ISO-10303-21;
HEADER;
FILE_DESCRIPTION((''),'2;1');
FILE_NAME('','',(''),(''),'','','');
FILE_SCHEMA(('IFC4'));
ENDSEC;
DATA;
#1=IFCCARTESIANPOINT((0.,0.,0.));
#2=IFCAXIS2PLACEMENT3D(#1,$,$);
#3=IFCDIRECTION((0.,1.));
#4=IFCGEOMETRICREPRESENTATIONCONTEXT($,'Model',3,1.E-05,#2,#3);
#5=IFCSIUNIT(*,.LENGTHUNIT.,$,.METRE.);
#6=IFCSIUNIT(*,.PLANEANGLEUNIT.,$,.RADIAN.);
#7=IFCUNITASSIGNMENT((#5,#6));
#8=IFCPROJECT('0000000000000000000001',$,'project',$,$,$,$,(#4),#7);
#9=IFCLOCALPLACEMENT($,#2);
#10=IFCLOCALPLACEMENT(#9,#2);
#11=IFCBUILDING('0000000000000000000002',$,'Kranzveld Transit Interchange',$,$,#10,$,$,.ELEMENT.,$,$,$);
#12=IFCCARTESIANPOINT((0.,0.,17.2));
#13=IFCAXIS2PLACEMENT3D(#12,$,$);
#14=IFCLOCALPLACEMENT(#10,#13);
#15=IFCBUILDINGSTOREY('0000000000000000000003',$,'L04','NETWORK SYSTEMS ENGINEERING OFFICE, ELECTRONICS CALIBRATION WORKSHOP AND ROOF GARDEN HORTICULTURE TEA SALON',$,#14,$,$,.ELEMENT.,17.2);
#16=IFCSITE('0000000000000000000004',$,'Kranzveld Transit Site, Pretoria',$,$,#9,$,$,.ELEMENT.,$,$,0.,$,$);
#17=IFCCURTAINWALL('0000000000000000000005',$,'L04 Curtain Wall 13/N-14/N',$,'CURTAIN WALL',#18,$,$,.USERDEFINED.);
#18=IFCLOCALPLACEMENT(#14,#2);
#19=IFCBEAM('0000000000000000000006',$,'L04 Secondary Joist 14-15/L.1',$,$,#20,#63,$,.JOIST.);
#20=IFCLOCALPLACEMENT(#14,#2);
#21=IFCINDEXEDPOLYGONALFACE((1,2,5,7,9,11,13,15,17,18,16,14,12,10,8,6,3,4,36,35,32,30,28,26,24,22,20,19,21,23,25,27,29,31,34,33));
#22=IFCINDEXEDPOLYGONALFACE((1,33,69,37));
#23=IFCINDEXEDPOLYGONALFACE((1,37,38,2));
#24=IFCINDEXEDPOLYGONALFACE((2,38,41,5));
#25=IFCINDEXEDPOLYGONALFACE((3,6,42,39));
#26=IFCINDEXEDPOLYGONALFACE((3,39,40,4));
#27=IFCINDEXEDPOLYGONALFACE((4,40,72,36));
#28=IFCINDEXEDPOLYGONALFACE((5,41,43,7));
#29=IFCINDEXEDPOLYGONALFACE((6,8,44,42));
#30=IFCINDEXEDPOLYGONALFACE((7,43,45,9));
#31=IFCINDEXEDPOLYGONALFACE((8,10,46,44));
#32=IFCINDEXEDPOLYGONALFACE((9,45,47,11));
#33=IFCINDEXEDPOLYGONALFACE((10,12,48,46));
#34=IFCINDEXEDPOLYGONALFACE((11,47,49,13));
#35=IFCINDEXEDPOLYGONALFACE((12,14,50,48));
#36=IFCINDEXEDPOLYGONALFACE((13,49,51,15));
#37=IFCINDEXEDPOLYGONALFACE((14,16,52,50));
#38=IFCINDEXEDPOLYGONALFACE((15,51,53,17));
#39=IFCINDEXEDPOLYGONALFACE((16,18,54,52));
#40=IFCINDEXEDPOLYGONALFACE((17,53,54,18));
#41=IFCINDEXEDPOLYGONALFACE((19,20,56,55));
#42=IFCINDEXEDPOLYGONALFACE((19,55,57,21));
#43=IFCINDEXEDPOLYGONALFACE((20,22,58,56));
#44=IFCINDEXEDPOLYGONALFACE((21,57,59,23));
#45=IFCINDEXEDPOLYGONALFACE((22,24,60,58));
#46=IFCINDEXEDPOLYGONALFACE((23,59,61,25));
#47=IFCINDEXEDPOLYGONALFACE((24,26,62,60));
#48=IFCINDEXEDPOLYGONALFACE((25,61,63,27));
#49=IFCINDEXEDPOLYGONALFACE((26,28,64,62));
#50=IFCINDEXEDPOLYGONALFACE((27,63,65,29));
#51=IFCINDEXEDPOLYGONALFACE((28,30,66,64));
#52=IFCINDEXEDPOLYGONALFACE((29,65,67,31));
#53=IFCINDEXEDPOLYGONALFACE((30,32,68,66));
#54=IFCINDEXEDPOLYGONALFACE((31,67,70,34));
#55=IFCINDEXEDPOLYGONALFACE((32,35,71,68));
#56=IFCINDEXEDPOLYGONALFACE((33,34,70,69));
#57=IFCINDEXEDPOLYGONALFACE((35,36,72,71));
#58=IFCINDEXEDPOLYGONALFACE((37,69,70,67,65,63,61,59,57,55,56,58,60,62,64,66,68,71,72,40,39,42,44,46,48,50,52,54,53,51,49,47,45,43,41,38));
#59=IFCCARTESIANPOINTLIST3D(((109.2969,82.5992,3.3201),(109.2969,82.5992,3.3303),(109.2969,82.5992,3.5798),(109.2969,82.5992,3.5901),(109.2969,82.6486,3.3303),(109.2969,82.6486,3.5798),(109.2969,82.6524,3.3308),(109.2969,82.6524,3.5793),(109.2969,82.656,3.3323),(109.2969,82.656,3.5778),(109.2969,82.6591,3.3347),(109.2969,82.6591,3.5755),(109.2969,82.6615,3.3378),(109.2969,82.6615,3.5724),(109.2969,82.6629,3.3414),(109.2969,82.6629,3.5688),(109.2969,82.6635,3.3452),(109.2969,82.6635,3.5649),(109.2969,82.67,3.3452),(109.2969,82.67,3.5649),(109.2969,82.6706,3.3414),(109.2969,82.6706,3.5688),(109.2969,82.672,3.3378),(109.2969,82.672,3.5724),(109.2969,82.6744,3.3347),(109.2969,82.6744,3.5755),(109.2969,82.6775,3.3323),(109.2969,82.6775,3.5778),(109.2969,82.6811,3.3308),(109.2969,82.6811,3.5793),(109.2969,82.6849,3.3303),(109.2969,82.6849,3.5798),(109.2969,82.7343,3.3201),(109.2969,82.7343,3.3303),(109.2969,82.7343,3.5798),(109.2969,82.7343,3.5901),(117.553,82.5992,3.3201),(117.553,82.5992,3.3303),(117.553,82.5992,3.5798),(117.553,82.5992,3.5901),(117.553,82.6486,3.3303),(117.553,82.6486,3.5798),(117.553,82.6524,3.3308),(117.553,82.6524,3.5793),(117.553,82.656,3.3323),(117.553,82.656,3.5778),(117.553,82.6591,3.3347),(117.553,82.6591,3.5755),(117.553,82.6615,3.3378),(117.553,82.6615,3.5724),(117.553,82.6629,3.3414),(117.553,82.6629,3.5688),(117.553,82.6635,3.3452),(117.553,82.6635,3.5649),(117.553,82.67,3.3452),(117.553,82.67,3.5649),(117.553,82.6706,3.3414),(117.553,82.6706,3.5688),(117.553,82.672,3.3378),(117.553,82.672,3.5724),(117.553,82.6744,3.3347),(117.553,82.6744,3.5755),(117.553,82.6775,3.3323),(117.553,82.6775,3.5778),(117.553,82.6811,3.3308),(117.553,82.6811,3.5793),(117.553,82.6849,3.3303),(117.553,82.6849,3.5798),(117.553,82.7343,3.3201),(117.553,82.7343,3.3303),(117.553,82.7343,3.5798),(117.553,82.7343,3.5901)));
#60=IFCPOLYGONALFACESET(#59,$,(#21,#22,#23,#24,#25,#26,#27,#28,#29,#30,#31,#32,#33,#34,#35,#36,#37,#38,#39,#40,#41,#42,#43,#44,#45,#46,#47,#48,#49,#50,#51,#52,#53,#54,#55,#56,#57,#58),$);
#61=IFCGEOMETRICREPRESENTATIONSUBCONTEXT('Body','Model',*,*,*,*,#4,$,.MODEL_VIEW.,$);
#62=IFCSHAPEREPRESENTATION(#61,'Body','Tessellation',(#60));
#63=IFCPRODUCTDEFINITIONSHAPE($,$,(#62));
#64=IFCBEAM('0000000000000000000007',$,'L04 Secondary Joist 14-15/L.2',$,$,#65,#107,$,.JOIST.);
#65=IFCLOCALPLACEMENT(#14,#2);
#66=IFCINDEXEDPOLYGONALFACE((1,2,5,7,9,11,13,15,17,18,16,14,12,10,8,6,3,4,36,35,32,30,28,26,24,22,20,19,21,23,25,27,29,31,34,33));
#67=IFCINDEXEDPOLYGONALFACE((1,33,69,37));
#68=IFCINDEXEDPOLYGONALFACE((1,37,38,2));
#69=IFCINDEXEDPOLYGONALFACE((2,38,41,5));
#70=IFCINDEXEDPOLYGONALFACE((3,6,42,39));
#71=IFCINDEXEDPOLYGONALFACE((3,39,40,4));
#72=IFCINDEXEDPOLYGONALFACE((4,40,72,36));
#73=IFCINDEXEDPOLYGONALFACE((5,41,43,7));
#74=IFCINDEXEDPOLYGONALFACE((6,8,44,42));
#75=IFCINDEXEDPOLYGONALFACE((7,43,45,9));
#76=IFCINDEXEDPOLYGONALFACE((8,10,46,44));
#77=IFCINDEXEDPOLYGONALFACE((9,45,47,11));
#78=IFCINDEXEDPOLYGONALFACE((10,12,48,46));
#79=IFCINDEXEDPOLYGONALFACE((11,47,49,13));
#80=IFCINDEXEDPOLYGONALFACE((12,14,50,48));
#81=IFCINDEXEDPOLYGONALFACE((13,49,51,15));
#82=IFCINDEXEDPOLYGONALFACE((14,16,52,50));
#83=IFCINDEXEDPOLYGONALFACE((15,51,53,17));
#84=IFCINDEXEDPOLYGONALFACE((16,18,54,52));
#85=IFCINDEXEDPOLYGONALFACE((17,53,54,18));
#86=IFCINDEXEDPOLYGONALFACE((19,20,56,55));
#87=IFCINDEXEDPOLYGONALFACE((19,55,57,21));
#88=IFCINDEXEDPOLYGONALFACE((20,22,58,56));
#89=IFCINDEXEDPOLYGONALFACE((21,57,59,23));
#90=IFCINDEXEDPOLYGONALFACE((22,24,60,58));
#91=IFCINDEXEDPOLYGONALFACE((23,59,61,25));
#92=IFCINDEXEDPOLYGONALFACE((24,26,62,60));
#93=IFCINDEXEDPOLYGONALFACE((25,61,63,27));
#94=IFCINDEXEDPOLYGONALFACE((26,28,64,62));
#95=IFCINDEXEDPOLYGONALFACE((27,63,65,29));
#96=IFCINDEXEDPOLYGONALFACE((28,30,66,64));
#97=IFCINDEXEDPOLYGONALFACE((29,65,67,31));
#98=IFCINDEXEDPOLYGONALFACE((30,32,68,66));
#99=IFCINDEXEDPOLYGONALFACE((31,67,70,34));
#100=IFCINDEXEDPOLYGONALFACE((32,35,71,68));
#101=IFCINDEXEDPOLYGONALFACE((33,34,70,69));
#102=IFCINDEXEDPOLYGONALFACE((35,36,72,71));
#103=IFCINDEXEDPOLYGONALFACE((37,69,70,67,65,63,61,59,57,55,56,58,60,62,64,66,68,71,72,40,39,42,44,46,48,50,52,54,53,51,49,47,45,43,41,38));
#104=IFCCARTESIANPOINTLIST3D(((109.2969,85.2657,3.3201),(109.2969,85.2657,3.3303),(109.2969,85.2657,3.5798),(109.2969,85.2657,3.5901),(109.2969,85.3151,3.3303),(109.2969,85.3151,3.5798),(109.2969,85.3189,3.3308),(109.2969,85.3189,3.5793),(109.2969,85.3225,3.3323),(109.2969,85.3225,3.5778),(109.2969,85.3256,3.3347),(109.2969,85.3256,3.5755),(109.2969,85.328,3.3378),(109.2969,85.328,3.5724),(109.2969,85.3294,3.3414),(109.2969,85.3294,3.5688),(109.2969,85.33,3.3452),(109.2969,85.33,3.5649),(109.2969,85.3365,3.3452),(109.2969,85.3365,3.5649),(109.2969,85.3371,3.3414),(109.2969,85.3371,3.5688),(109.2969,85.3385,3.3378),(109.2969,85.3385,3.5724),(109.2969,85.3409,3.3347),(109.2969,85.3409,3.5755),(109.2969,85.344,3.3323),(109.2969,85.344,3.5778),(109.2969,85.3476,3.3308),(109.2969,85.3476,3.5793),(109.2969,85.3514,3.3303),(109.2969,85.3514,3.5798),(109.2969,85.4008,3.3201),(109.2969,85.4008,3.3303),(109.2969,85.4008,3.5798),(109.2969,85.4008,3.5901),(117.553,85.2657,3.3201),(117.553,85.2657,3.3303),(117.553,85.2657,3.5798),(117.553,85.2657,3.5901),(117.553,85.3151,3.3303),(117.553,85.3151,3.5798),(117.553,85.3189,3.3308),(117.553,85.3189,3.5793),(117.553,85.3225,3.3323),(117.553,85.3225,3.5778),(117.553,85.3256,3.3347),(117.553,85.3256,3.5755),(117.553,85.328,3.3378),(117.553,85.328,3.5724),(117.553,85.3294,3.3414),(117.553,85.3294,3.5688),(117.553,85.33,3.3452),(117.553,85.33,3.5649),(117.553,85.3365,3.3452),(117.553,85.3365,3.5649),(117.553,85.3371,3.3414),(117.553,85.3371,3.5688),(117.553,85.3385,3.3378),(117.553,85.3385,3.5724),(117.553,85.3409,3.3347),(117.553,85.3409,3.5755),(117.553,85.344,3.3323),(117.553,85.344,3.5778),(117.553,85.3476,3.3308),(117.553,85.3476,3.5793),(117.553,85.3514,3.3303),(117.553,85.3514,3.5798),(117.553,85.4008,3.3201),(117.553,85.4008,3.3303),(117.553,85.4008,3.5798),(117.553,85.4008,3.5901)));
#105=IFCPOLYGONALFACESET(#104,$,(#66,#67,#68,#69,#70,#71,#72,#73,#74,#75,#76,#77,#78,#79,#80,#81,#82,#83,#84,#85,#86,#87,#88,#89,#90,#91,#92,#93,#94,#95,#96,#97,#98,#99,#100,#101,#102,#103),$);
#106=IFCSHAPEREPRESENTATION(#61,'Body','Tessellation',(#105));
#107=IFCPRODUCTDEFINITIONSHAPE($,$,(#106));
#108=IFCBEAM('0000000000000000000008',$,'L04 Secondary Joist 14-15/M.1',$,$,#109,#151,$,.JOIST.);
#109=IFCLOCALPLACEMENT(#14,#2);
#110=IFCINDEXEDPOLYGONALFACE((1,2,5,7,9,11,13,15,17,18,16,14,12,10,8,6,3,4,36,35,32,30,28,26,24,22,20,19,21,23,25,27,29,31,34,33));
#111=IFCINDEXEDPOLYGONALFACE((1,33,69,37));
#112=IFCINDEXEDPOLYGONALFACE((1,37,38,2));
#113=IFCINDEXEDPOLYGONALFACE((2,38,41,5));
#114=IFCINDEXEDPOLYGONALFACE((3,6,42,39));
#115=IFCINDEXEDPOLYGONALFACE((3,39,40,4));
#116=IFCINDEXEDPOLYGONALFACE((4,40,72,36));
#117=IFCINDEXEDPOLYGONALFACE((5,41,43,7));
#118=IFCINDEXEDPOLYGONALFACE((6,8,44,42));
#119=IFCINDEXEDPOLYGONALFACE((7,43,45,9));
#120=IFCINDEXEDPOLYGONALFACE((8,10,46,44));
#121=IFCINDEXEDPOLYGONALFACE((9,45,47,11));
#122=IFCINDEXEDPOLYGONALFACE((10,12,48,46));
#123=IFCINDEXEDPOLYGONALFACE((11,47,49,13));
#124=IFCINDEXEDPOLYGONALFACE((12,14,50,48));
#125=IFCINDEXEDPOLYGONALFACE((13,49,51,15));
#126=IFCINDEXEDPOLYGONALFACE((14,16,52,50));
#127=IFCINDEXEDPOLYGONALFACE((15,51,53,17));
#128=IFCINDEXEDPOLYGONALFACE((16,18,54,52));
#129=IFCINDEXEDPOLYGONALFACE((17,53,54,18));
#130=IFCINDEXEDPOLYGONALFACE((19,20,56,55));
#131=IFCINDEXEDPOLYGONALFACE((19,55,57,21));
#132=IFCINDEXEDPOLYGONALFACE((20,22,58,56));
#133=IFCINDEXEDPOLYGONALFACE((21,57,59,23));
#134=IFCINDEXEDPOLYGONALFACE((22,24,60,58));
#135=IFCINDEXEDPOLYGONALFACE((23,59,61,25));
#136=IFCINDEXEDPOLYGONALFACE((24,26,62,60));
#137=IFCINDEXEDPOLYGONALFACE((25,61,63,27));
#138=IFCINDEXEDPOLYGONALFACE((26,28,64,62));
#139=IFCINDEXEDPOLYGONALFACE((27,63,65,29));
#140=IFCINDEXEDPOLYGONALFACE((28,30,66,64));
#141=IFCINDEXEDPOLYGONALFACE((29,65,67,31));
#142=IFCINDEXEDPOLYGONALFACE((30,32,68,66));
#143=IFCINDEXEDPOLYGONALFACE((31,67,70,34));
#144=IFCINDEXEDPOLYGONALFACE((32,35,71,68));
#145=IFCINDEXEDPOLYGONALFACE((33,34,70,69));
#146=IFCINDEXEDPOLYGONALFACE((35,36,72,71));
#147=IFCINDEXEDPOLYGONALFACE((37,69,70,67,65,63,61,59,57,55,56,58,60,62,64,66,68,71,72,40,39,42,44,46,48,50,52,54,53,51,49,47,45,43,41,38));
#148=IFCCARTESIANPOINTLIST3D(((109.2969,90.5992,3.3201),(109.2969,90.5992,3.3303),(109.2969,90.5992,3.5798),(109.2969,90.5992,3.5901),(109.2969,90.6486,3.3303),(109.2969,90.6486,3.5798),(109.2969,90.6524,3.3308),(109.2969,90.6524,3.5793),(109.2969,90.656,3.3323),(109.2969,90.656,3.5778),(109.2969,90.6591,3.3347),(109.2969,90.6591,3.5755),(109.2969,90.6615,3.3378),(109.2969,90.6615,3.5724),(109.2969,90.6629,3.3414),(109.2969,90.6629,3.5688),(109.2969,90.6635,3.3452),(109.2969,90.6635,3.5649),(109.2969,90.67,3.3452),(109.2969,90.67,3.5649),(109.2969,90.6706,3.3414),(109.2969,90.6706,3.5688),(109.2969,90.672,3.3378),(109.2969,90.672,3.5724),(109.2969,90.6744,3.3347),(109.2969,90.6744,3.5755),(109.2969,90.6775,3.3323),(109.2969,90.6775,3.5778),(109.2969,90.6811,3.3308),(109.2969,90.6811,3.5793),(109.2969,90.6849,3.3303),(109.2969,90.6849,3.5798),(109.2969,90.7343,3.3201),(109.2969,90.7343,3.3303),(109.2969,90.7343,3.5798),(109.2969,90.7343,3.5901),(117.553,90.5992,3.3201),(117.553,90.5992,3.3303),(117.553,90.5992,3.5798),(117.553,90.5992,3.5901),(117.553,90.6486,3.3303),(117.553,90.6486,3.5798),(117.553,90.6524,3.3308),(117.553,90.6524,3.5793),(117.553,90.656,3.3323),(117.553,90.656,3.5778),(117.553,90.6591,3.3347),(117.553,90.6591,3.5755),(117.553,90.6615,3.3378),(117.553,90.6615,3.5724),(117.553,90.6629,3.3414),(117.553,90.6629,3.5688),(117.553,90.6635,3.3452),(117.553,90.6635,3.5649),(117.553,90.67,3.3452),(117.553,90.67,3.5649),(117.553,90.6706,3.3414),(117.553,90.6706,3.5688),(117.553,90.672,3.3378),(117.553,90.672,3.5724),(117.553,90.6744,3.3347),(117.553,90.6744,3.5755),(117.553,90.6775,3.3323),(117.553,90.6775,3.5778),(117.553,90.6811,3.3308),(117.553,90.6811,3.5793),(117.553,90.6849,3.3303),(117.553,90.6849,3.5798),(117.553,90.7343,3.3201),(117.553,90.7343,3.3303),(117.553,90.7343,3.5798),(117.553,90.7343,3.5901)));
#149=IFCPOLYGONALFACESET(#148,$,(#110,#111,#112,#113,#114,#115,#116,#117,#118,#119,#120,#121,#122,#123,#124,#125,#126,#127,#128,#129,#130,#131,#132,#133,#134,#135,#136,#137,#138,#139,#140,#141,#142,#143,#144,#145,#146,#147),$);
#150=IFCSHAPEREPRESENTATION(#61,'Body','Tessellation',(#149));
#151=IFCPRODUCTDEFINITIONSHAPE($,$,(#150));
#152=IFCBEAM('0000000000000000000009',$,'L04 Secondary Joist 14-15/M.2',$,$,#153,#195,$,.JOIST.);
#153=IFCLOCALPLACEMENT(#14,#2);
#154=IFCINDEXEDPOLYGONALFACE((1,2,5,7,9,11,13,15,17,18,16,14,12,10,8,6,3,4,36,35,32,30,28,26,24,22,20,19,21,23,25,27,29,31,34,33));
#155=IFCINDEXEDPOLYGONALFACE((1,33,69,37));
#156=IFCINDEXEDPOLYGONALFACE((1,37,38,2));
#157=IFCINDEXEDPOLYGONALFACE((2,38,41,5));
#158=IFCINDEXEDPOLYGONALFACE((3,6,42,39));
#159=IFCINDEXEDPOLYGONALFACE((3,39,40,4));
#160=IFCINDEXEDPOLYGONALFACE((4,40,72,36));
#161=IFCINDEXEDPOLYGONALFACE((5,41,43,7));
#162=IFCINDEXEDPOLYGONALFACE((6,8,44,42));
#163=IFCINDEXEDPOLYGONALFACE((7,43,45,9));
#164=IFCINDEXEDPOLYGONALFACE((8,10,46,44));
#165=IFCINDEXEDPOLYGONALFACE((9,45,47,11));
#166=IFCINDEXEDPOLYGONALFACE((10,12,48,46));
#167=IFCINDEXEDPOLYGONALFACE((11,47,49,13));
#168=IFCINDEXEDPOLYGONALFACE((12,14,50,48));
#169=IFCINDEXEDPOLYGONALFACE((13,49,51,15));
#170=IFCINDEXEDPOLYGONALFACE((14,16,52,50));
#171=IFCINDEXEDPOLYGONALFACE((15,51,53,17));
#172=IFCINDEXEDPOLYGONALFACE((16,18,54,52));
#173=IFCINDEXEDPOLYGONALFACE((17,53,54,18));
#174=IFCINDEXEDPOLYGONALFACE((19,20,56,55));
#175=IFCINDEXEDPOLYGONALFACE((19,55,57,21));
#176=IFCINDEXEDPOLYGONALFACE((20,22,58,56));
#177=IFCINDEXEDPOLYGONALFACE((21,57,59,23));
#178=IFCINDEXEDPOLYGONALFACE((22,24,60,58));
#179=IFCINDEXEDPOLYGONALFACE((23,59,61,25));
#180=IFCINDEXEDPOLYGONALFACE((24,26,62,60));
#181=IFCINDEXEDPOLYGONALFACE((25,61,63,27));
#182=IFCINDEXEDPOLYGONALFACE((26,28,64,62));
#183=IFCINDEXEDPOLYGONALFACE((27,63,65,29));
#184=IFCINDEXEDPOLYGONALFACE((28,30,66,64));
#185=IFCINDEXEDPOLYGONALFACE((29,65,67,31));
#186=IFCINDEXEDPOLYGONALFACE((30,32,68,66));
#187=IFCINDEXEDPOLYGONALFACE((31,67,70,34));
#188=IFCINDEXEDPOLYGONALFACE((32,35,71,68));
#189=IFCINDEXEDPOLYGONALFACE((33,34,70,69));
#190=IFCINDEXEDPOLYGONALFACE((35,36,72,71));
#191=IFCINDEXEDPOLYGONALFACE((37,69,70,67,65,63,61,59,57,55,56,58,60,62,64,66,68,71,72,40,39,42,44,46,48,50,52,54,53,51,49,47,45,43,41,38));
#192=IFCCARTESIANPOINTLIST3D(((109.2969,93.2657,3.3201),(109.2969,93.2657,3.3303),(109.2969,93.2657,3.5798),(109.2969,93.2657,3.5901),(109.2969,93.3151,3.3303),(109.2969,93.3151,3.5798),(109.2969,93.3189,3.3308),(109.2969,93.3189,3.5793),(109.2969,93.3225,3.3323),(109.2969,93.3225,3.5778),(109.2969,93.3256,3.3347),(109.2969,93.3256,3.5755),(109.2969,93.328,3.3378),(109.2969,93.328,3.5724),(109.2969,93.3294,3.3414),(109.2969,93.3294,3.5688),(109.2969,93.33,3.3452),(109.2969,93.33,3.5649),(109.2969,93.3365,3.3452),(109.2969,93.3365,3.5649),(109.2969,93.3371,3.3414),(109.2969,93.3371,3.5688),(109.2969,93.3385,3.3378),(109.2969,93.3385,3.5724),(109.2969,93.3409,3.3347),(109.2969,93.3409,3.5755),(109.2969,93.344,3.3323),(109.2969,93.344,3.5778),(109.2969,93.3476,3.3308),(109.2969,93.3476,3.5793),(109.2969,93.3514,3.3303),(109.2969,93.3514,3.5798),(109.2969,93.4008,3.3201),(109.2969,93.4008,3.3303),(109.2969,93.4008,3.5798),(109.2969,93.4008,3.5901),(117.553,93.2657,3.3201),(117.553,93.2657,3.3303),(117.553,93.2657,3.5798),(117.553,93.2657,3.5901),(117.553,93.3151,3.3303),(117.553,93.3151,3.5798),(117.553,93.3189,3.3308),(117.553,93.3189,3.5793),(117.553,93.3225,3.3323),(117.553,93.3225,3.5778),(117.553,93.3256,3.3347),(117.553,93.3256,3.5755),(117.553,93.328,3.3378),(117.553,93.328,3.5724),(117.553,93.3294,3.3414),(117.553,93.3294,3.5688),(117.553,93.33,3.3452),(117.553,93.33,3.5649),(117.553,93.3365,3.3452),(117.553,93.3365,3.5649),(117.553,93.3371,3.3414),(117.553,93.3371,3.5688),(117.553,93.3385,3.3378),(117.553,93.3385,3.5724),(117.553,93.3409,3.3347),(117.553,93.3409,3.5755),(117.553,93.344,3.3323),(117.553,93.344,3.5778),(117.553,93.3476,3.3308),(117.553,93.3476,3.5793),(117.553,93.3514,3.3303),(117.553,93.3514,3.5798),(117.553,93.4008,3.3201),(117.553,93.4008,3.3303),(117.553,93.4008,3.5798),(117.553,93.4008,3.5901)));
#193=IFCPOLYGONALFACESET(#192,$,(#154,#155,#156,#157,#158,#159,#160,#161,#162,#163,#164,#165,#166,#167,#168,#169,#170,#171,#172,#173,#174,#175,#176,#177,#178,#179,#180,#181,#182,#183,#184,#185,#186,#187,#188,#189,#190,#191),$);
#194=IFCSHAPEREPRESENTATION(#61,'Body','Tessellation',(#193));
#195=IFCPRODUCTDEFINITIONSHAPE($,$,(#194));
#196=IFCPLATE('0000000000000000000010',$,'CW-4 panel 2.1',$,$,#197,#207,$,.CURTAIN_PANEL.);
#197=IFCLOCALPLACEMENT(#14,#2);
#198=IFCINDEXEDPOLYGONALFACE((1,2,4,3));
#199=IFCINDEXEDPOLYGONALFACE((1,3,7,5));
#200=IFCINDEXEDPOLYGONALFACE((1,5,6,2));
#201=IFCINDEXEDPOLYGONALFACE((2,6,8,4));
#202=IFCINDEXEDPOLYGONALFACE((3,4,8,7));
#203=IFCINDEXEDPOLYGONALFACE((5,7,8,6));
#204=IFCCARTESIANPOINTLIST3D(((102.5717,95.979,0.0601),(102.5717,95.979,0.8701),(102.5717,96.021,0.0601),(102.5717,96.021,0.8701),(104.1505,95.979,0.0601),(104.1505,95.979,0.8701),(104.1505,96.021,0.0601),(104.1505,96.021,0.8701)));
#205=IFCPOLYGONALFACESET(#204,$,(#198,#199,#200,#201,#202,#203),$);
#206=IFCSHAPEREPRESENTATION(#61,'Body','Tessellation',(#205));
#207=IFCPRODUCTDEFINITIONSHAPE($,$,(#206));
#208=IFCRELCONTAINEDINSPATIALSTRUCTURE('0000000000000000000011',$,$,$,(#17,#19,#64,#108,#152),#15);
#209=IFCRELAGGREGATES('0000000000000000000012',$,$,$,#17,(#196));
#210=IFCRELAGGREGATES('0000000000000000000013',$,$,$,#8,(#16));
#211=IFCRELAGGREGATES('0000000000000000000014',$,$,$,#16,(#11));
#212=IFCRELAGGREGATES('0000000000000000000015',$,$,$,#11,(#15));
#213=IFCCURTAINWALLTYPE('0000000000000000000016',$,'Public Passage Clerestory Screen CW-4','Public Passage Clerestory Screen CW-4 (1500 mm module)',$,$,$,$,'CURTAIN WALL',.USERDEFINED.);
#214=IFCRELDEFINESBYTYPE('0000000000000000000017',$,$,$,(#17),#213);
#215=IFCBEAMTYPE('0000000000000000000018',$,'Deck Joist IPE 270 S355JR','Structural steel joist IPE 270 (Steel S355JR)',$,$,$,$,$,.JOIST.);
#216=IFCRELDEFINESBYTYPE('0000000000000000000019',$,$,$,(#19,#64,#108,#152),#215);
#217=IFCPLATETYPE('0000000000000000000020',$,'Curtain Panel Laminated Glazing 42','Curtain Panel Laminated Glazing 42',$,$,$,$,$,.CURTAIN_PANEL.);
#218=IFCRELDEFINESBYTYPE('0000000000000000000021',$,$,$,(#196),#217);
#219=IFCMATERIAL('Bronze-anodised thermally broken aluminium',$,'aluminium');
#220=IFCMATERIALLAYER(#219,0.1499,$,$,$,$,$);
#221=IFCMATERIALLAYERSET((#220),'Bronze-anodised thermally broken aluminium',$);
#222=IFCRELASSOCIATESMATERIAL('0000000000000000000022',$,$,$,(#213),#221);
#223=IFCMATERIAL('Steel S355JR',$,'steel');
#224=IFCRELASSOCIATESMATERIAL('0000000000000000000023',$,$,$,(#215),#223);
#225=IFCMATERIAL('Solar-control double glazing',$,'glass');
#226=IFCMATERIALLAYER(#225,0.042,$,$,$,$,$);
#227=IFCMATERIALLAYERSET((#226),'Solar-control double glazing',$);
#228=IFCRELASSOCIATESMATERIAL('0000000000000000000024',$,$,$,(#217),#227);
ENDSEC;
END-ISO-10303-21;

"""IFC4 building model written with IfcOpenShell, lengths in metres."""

from ifc_helpers import new_model, si_unit, direction, frame, origin, origin_2d, place, context, subcontext, project, spatial, rectangle, i_section, extrude, material, layer, layer_set, material_profile, profile_set, type_object, element, aggregate, save


model = new_model("IFC4")

# Units and contexts
model_context = context("Model", 3, precision=1e-05, world=origin(), true_north=direction((0.0, 1.0)))
body_context = subcontext(model_context, "Body", "Model", "MODEL_VIEW")
ifc_project = project(units=[si_unit("LENGTHUNIT", "METRE"), si_unit("PLANEANGLEUNIT", "RADIAN")], contexts=[model_context])

# Site, building, storey
site_placement = place(None, origin())
site = spatial("IfcSite", under=ifc_project, at=site_placement, Name="Kranzveld Transit Site, Pretoria", CompositionType="ELEMENT", RefElevation=0.0)
building_placement = place(site_placement, origin())
building = spatial("IfcBuilding", under=site, at=building_placement, Name="Kranzveld Transit Interchange", CompositionType="ELEMENT")
storey_placement = place(building_placement, frame((0.0, 0.0, 17.2)))
storey = spatial("IfcBuildingStorey", under=building, at=storey_placement, Name="L04", Description="NETWORK SYSTEMS ENGINEERING OFFICE, ELECTRONICS CALIBRATION WORKSHOP AND ROOF GARDEN HORTICULTURE TEA SALON", CompositionType="ELEMENT", Elevation=17.2)

# Curtain wall
ifc_material_1 = material(Name="Bronze-anodised thermally broken aluminium", Category="aluminium")
ifc_layer_1 = layer(ifc_material_1, 0.1499)
ifc_layer_set_1 = layer_set([ifc_layer_1], Name="Bronze-anodised thermally broken aluminium")
curtain_wall_type = type_object("IfcCurtainWallType", Name="Public Passage Clerestory Screen CW-4", Description="Public Passage Clerestory Screen CW-4 (1500 mm module)", ElementType="CURTAIN WALL", PredefinedType="USERDEFINED", material=ifc_layer_set_1)
curtain_wall_placement = place(storey_placement, origin())
curtain_wall = element("IfcCurtainWall", 1, at=curtain_wall_placement, inside=storey, type_object=curtain_wall_type, Name="L04 Curtain Wall 13/N-14/N", ObjectType="CURTAIN WALL", PredefinedType="USERDEFINED")

# Beams
ifc_material_2 = material(Name="Steel S355JR", Category="steel")
ifc_material_profile_1 = material_profile(ifc_material_2, i_section(OverallWidth=0.135, OverallDepth=0.27, WebThickness=0.0066, FlangeThickness=0.0103, FilletRadius=0.0149, at=origin_2d()), Name="IPE 270")
ifc_profile_set_1 = profile_set([ifc_material_profile_1], Name="Steel S355JR")
beam_type_1 = type_object("IfcBeamType", Name="Deck Joist IPE 270 S355JR", Description="Structural steel joist IPE 270 (Steel S355JR)", PredefinedType="JOIST", material=ifc_profile_set_1)
for number, where, z_axis, x_axis, name in (
    (2, (109.2969, 82.6667, 3.4551), (1.0, 0.0, 0.0), (0.0, 1.0, 0.0), "L04 Secondary Joist 14-15/L.1"),
    (3, (109.2969, 85.3333, 3.4551), (1.0, 0.0, 0.0), (0.0, 1.0, 0.0), "L04 Secondary Joist 14-15/L.2"),
    (4, (109.2969, 90.6667, 3.4551), (1.0, 0.0, 0.0), (0.0, 1.0, 0.0), "L04 Secondary Joist 14-15/M.1"),
    (5, (109.2969, 93.3333, 3.4551), (1.0, 0.0, 0.0), (0.0, 1.0, 0.0), "L04 Secondary Joist 14-15/M.2"),
):
    element("IfcBeam", number, at=place(storey_placement, frame(where, z_axis=z_axis, x_axis=x_axis)), inside=storey, type_object=beam_type_1, Name=name, PredefinedType="JOIST", context=body_context, shape_type="SweptSolid", body=[
        extrude(i_section(OverallWidth=0.135, OverallDepth=0.27, WebThickness=0.0066, FlangeThickness=0.0103, FilletRadius=0.0149, at=origin_2d()), origin(), (0.0, 0.0, 1.0), 8.2561),
    ])

# Plate
ifc_material_3 = material(Name="Solar-control double glazing", Category="glass")
ifc_layer_2 = layer(ifc_material_3, 0.042)
ifc_layer_set_2 = layer_set([ifc_layer_2], Name="Solar-control double glazing")
plate_type = type_object("IfcPlateType", Name="Curtain Panel Laminated Glazing 42", Description="Curtain Panel Laminated Glazing 42", PredefinedType="CURTAIN_PANEL", material=ifc_layer_set_2)
plate_1_placement = place(storey_placement, frame((103.3611, 96.0, 0.0601), z_axis=(0.0, 0.0, 1.0), x_axis=(1.0, 0.0, 0.0)))
plate_1 = element("IfcPlate", 6, at=plate_1_placement, type_object=plate_type, Name="CW-4 panel 2.1", PredefinedType="CURTAIN_PANEL", context=body_context, shape_type="SweptSolid", body=[
    extrude(rectangle(XDim=1.5789, YDim=0.042, at=origin_2d()), origin(), (0.0, 0.0, 1.0), 0.8101),
])
aggregate(curtain_wall, [plate_1])

save(model, "model.ifc")
